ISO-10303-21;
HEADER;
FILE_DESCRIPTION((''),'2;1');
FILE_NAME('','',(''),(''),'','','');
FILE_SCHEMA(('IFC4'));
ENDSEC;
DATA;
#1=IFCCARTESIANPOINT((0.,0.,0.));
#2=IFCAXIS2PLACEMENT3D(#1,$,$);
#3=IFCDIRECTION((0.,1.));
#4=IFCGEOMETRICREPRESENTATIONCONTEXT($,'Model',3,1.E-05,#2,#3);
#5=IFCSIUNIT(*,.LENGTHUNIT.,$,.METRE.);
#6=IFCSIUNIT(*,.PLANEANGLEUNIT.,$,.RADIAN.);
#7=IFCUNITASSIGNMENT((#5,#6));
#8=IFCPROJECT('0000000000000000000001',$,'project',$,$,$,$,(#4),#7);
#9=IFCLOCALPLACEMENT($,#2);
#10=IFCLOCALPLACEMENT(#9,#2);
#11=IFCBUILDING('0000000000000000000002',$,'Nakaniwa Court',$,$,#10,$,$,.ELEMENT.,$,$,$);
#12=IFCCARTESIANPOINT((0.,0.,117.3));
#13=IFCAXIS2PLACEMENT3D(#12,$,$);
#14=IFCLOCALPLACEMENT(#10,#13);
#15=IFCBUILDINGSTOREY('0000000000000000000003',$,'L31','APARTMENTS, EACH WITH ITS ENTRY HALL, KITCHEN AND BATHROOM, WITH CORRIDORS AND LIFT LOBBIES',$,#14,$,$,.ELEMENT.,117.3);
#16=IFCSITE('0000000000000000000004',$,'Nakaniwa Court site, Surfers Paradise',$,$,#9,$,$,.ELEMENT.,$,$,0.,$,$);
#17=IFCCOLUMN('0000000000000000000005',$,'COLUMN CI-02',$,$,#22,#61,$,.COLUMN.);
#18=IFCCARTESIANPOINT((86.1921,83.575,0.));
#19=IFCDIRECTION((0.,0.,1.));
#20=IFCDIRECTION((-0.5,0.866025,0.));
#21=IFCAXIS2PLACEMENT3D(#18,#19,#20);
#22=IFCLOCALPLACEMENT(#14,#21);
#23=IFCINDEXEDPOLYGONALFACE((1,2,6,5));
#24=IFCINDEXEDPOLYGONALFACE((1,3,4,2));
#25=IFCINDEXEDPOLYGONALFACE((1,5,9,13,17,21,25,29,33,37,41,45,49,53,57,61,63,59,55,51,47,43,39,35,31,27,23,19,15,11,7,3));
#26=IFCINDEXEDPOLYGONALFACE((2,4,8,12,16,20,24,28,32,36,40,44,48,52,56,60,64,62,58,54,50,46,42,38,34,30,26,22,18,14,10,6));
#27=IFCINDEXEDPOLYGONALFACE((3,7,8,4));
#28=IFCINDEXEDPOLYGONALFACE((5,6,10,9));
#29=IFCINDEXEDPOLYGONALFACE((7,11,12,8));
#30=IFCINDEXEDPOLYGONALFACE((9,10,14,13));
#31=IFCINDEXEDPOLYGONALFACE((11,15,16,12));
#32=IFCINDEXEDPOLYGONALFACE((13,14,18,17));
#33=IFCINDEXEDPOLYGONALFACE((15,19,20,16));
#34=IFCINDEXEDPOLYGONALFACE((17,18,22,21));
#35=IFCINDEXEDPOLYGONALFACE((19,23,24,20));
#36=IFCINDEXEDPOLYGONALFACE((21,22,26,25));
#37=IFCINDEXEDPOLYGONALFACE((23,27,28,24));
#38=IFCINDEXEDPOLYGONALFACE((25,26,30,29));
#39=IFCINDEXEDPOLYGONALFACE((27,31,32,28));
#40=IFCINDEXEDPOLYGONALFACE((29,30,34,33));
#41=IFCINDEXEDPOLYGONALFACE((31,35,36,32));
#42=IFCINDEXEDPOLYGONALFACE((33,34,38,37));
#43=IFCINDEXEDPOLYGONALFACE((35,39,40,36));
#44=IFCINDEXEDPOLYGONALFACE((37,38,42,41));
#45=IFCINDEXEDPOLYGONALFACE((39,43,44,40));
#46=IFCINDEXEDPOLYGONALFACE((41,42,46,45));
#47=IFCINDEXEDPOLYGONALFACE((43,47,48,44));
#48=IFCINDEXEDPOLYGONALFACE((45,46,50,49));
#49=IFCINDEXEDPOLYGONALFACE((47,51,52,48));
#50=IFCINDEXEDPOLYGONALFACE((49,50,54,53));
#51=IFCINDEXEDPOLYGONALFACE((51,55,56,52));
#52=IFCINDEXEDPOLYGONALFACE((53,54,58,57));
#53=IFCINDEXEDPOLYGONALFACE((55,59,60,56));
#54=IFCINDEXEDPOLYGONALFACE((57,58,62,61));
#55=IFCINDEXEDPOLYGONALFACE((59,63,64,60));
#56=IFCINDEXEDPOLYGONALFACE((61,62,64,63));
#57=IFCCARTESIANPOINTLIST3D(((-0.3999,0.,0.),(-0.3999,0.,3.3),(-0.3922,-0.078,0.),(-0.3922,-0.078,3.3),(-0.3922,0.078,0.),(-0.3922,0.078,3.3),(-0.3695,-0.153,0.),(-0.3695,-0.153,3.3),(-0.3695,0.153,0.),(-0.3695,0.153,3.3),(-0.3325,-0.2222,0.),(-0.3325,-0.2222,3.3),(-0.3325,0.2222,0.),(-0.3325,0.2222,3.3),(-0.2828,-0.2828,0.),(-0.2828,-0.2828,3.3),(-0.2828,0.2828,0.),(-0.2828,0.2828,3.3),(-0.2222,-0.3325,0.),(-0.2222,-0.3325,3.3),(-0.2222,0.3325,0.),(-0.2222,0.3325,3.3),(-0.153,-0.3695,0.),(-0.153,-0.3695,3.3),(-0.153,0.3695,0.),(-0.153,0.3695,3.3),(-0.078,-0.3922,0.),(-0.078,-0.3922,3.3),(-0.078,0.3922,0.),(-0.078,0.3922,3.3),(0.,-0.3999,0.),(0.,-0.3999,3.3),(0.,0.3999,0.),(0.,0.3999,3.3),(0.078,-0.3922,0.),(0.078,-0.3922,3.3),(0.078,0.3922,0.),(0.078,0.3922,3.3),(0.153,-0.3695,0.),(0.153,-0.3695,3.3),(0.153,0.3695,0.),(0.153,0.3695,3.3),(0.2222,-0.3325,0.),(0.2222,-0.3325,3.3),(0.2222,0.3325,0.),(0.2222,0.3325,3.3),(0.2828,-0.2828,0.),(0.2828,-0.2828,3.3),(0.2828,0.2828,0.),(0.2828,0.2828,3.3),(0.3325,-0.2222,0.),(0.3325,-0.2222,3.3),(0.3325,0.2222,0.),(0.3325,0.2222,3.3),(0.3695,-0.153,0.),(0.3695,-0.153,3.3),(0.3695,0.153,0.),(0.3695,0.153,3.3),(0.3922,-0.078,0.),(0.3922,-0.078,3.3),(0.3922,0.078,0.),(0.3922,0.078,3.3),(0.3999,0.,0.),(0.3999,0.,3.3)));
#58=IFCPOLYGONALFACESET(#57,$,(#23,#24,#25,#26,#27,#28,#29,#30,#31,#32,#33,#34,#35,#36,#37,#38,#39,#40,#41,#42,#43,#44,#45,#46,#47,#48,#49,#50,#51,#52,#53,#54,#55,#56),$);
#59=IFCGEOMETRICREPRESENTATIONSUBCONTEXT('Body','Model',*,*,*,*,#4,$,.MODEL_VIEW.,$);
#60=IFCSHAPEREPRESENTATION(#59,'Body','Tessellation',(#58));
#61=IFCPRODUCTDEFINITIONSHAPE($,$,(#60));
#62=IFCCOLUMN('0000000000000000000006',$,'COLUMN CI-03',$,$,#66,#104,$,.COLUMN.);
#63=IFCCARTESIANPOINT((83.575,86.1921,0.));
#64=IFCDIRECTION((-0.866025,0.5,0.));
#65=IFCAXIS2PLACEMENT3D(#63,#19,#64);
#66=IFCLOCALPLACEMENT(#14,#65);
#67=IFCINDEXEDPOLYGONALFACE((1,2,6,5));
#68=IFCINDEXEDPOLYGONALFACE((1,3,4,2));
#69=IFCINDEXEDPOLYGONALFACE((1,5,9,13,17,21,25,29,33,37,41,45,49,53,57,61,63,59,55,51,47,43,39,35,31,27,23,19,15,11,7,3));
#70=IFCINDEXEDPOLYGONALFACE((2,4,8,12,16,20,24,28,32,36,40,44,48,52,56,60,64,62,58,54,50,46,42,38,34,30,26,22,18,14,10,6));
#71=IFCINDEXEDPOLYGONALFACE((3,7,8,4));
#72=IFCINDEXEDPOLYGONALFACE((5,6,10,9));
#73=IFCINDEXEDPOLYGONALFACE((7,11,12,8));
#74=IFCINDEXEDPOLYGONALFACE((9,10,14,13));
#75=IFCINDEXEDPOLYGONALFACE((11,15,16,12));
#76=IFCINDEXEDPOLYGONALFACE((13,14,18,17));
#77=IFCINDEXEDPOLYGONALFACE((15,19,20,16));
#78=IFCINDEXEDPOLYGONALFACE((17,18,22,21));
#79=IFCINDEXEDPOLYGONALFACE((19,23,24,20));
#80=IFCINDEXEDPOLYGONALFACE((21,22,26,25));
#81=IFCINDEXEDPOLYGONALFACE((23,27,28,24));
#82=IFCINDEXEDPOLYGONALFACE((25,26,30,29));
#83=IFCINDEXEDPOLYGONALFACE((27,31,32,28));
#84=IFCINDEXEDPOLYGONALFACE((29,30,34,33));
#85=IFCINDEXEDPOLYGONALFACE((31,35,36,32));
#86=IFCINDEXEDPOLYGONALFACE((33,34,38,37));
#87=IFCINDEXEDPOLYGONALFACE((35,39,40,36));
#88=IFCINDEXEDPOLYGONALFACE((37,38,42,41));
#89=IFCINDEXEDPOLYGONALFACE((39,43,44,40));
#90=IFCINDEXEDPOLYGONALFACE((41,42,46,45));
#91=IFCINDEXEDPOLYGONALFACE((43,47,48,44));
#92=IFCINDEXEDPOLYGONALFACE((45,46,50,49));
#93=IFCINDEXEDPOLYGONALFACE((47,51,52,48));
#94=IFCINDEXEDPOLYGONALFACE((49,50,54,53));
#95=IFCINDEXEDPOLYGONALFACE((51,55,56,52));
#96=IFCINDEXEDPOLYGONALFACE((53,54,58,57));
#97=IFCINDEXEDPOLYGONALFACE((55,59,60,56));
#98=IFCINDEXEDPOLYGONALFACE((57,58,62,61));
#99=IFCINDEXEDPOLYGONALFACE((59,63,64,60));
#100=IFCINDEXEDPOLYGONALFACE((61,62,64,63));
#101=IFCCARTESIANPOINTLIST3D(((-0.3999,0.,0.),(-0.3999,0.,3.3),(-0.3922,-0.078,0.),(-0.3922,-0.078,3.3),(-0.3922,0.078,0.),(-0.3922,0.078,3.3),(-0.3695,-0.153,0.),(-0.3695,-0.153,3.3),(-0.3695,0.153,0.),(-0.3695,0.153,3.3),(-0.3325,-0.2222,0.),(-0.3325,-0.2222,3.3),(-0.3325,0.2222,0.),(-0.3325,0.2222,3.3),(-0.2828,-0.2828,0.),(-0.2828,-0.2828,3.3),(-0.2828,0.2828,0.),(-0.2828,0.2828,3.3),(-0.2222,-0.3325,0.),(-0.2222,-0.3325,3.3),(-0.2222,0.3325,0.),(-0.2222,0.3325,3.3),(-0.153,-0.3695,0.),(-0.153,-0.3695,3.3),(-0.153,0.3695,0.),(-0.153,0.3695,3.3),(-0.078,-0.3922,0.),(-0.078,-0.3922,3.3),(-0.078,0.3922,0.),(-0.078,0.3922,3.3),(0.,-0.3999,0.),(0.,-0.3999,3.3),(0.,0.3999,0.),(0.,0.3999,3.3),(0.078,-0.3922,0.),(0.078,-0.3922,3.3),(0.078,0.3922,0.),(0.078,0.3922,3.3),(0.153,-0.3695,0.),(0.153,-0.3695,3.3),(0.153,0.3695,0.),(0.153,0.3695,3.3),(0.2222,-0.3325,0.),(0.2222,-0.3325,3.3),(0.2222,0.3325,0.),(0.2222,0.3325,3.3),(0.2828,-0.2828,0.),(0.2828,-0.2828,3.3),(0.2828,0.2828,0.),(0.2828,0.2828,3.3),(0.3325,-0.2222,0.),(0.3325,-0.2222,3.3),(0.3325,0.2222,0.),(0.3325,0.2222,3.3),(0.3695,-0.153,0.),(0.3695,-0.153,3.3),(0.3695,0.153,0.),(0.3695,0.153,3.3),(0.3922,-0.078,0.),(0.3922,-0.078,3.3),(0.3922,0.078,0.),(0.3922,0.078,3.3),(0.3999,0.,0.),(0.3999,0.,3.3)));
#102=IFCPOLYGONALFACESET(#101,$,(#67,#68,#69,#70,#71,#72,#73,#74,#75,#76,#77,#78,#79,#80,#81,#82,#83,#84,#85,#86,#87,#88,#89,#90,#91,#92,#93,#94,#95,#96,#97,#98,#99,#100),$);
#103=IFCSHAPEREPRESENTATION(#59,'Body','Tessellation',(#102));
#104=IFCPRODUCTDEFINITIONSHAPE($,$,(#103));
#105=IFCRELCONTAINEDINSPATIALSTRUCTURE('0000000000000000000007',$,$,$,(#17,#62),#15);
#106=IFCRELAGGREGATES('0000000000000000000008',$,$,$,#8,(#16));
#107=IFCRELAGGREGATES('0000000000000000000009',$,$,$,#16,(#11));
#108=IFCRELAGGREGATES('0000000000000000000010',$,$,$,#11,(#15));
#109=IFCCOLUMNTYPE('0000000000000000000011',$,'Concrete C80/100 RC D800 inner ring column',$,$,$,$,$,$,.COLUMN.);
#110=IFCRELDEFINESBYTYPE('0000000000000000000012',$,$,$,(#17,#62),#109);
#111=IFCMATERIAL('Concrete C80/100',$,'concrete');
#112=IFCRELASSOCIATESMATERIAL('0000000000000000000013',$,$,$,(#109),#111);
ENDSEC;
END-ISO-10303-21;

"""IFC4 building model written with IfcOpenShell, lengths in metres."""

from ifc_helpers import new_model, si_unit, direction, frame, origin, origin_2d, place, context, subcontext, project, spatial, circle, extrude, material, material_profile, profile_set, type_object, element, save


model = new_model("IFC4")

# Units and contexts
model_context = context("Model", 3, precision=1e-05, world=origin(), true_north=direction((0.0, 1.0)))
body_context = subcontext(model_context, "Body", "Model", "MODEL_VIEW")
ifc_project = project(units=[si_unit("LENGTHUNIT", "METRE"), si_unit("PLANEANGLEUNIT", "RADIAN")], contexts=[model_context])

# Site, building, storey
site_placement = place(None, origin())
site = spatial("IfcSite", under=ifc_project, at=site_placement, Name="Nakaniwa Court site, Surfers Paradise", CompositionType="ELEMENT", RefElevation=0.0)
building_placement = place(site_placement, origin())
building = spatial("IfcBuilding", under=site, at=building_placement, Name="Nakaniwa Court", CompositionType="ELEMENT")
storey_placement = place(building_placement, frame((0.0, 0.0, 117.3)))
storey = spatial("IfcBuildingStorey", under=building, at=storey_placement, Name="L31", Description="APARTMENTS, EACH WITH ITS ENTRY HALL, KITCHEN AND BATHROOM, WITH CORRIDORS AND LIFT LOBBIES", CompositionType="ELEMENT", Elevation=117.3)

# Columns
ifc_material_1 = material(Name="Concrete C80/100", Category="concrete")
ifc_material_profile_1 = material_profile(ifc_material_1, circle(Radius=0.3999, at=origin_2d()), Name="Concrete C80/100 RC D800 inner ring column")
ifc_profile_set_1 = profile_set([ifc_material_profile_1], Name="Concrete C80/100")
column_type = type_object("IfcColumnType", Name="Concrete C80/100 RC D800 inner ring column", PredefinedType="COLUMN", material=ifc_profile_set_1)
for number, where, z_axis, x_axis, name in (
    (1, (86.1921, 83.575, 0.0), (0.0, 0.0, 1.0), (-0.5, 0.866025, 0.0), "COLUMN CI-02"),
    (2, (83.575, 86.1921, 0.0), (0.0, 0.0, 1.0), (-0.866025, 0.5, 0.0), "COLUMN CI-03"),
):
    element("IfcColumn", number, at=place(storey_placement, frame(where, z_axis=z_axis, x_axis=x_axis)), inside=storey, type_object=column_type, Name=name, PredefinedType="COLUMN", context=body_context, shape_type="SweptSolid", body=[
        extrude(circle(Radius=0.3999, at=origin_2d()), origin(), (0.0, 0.0, 1.0), 3.3),
    ])

save(model, "model.ifc")
